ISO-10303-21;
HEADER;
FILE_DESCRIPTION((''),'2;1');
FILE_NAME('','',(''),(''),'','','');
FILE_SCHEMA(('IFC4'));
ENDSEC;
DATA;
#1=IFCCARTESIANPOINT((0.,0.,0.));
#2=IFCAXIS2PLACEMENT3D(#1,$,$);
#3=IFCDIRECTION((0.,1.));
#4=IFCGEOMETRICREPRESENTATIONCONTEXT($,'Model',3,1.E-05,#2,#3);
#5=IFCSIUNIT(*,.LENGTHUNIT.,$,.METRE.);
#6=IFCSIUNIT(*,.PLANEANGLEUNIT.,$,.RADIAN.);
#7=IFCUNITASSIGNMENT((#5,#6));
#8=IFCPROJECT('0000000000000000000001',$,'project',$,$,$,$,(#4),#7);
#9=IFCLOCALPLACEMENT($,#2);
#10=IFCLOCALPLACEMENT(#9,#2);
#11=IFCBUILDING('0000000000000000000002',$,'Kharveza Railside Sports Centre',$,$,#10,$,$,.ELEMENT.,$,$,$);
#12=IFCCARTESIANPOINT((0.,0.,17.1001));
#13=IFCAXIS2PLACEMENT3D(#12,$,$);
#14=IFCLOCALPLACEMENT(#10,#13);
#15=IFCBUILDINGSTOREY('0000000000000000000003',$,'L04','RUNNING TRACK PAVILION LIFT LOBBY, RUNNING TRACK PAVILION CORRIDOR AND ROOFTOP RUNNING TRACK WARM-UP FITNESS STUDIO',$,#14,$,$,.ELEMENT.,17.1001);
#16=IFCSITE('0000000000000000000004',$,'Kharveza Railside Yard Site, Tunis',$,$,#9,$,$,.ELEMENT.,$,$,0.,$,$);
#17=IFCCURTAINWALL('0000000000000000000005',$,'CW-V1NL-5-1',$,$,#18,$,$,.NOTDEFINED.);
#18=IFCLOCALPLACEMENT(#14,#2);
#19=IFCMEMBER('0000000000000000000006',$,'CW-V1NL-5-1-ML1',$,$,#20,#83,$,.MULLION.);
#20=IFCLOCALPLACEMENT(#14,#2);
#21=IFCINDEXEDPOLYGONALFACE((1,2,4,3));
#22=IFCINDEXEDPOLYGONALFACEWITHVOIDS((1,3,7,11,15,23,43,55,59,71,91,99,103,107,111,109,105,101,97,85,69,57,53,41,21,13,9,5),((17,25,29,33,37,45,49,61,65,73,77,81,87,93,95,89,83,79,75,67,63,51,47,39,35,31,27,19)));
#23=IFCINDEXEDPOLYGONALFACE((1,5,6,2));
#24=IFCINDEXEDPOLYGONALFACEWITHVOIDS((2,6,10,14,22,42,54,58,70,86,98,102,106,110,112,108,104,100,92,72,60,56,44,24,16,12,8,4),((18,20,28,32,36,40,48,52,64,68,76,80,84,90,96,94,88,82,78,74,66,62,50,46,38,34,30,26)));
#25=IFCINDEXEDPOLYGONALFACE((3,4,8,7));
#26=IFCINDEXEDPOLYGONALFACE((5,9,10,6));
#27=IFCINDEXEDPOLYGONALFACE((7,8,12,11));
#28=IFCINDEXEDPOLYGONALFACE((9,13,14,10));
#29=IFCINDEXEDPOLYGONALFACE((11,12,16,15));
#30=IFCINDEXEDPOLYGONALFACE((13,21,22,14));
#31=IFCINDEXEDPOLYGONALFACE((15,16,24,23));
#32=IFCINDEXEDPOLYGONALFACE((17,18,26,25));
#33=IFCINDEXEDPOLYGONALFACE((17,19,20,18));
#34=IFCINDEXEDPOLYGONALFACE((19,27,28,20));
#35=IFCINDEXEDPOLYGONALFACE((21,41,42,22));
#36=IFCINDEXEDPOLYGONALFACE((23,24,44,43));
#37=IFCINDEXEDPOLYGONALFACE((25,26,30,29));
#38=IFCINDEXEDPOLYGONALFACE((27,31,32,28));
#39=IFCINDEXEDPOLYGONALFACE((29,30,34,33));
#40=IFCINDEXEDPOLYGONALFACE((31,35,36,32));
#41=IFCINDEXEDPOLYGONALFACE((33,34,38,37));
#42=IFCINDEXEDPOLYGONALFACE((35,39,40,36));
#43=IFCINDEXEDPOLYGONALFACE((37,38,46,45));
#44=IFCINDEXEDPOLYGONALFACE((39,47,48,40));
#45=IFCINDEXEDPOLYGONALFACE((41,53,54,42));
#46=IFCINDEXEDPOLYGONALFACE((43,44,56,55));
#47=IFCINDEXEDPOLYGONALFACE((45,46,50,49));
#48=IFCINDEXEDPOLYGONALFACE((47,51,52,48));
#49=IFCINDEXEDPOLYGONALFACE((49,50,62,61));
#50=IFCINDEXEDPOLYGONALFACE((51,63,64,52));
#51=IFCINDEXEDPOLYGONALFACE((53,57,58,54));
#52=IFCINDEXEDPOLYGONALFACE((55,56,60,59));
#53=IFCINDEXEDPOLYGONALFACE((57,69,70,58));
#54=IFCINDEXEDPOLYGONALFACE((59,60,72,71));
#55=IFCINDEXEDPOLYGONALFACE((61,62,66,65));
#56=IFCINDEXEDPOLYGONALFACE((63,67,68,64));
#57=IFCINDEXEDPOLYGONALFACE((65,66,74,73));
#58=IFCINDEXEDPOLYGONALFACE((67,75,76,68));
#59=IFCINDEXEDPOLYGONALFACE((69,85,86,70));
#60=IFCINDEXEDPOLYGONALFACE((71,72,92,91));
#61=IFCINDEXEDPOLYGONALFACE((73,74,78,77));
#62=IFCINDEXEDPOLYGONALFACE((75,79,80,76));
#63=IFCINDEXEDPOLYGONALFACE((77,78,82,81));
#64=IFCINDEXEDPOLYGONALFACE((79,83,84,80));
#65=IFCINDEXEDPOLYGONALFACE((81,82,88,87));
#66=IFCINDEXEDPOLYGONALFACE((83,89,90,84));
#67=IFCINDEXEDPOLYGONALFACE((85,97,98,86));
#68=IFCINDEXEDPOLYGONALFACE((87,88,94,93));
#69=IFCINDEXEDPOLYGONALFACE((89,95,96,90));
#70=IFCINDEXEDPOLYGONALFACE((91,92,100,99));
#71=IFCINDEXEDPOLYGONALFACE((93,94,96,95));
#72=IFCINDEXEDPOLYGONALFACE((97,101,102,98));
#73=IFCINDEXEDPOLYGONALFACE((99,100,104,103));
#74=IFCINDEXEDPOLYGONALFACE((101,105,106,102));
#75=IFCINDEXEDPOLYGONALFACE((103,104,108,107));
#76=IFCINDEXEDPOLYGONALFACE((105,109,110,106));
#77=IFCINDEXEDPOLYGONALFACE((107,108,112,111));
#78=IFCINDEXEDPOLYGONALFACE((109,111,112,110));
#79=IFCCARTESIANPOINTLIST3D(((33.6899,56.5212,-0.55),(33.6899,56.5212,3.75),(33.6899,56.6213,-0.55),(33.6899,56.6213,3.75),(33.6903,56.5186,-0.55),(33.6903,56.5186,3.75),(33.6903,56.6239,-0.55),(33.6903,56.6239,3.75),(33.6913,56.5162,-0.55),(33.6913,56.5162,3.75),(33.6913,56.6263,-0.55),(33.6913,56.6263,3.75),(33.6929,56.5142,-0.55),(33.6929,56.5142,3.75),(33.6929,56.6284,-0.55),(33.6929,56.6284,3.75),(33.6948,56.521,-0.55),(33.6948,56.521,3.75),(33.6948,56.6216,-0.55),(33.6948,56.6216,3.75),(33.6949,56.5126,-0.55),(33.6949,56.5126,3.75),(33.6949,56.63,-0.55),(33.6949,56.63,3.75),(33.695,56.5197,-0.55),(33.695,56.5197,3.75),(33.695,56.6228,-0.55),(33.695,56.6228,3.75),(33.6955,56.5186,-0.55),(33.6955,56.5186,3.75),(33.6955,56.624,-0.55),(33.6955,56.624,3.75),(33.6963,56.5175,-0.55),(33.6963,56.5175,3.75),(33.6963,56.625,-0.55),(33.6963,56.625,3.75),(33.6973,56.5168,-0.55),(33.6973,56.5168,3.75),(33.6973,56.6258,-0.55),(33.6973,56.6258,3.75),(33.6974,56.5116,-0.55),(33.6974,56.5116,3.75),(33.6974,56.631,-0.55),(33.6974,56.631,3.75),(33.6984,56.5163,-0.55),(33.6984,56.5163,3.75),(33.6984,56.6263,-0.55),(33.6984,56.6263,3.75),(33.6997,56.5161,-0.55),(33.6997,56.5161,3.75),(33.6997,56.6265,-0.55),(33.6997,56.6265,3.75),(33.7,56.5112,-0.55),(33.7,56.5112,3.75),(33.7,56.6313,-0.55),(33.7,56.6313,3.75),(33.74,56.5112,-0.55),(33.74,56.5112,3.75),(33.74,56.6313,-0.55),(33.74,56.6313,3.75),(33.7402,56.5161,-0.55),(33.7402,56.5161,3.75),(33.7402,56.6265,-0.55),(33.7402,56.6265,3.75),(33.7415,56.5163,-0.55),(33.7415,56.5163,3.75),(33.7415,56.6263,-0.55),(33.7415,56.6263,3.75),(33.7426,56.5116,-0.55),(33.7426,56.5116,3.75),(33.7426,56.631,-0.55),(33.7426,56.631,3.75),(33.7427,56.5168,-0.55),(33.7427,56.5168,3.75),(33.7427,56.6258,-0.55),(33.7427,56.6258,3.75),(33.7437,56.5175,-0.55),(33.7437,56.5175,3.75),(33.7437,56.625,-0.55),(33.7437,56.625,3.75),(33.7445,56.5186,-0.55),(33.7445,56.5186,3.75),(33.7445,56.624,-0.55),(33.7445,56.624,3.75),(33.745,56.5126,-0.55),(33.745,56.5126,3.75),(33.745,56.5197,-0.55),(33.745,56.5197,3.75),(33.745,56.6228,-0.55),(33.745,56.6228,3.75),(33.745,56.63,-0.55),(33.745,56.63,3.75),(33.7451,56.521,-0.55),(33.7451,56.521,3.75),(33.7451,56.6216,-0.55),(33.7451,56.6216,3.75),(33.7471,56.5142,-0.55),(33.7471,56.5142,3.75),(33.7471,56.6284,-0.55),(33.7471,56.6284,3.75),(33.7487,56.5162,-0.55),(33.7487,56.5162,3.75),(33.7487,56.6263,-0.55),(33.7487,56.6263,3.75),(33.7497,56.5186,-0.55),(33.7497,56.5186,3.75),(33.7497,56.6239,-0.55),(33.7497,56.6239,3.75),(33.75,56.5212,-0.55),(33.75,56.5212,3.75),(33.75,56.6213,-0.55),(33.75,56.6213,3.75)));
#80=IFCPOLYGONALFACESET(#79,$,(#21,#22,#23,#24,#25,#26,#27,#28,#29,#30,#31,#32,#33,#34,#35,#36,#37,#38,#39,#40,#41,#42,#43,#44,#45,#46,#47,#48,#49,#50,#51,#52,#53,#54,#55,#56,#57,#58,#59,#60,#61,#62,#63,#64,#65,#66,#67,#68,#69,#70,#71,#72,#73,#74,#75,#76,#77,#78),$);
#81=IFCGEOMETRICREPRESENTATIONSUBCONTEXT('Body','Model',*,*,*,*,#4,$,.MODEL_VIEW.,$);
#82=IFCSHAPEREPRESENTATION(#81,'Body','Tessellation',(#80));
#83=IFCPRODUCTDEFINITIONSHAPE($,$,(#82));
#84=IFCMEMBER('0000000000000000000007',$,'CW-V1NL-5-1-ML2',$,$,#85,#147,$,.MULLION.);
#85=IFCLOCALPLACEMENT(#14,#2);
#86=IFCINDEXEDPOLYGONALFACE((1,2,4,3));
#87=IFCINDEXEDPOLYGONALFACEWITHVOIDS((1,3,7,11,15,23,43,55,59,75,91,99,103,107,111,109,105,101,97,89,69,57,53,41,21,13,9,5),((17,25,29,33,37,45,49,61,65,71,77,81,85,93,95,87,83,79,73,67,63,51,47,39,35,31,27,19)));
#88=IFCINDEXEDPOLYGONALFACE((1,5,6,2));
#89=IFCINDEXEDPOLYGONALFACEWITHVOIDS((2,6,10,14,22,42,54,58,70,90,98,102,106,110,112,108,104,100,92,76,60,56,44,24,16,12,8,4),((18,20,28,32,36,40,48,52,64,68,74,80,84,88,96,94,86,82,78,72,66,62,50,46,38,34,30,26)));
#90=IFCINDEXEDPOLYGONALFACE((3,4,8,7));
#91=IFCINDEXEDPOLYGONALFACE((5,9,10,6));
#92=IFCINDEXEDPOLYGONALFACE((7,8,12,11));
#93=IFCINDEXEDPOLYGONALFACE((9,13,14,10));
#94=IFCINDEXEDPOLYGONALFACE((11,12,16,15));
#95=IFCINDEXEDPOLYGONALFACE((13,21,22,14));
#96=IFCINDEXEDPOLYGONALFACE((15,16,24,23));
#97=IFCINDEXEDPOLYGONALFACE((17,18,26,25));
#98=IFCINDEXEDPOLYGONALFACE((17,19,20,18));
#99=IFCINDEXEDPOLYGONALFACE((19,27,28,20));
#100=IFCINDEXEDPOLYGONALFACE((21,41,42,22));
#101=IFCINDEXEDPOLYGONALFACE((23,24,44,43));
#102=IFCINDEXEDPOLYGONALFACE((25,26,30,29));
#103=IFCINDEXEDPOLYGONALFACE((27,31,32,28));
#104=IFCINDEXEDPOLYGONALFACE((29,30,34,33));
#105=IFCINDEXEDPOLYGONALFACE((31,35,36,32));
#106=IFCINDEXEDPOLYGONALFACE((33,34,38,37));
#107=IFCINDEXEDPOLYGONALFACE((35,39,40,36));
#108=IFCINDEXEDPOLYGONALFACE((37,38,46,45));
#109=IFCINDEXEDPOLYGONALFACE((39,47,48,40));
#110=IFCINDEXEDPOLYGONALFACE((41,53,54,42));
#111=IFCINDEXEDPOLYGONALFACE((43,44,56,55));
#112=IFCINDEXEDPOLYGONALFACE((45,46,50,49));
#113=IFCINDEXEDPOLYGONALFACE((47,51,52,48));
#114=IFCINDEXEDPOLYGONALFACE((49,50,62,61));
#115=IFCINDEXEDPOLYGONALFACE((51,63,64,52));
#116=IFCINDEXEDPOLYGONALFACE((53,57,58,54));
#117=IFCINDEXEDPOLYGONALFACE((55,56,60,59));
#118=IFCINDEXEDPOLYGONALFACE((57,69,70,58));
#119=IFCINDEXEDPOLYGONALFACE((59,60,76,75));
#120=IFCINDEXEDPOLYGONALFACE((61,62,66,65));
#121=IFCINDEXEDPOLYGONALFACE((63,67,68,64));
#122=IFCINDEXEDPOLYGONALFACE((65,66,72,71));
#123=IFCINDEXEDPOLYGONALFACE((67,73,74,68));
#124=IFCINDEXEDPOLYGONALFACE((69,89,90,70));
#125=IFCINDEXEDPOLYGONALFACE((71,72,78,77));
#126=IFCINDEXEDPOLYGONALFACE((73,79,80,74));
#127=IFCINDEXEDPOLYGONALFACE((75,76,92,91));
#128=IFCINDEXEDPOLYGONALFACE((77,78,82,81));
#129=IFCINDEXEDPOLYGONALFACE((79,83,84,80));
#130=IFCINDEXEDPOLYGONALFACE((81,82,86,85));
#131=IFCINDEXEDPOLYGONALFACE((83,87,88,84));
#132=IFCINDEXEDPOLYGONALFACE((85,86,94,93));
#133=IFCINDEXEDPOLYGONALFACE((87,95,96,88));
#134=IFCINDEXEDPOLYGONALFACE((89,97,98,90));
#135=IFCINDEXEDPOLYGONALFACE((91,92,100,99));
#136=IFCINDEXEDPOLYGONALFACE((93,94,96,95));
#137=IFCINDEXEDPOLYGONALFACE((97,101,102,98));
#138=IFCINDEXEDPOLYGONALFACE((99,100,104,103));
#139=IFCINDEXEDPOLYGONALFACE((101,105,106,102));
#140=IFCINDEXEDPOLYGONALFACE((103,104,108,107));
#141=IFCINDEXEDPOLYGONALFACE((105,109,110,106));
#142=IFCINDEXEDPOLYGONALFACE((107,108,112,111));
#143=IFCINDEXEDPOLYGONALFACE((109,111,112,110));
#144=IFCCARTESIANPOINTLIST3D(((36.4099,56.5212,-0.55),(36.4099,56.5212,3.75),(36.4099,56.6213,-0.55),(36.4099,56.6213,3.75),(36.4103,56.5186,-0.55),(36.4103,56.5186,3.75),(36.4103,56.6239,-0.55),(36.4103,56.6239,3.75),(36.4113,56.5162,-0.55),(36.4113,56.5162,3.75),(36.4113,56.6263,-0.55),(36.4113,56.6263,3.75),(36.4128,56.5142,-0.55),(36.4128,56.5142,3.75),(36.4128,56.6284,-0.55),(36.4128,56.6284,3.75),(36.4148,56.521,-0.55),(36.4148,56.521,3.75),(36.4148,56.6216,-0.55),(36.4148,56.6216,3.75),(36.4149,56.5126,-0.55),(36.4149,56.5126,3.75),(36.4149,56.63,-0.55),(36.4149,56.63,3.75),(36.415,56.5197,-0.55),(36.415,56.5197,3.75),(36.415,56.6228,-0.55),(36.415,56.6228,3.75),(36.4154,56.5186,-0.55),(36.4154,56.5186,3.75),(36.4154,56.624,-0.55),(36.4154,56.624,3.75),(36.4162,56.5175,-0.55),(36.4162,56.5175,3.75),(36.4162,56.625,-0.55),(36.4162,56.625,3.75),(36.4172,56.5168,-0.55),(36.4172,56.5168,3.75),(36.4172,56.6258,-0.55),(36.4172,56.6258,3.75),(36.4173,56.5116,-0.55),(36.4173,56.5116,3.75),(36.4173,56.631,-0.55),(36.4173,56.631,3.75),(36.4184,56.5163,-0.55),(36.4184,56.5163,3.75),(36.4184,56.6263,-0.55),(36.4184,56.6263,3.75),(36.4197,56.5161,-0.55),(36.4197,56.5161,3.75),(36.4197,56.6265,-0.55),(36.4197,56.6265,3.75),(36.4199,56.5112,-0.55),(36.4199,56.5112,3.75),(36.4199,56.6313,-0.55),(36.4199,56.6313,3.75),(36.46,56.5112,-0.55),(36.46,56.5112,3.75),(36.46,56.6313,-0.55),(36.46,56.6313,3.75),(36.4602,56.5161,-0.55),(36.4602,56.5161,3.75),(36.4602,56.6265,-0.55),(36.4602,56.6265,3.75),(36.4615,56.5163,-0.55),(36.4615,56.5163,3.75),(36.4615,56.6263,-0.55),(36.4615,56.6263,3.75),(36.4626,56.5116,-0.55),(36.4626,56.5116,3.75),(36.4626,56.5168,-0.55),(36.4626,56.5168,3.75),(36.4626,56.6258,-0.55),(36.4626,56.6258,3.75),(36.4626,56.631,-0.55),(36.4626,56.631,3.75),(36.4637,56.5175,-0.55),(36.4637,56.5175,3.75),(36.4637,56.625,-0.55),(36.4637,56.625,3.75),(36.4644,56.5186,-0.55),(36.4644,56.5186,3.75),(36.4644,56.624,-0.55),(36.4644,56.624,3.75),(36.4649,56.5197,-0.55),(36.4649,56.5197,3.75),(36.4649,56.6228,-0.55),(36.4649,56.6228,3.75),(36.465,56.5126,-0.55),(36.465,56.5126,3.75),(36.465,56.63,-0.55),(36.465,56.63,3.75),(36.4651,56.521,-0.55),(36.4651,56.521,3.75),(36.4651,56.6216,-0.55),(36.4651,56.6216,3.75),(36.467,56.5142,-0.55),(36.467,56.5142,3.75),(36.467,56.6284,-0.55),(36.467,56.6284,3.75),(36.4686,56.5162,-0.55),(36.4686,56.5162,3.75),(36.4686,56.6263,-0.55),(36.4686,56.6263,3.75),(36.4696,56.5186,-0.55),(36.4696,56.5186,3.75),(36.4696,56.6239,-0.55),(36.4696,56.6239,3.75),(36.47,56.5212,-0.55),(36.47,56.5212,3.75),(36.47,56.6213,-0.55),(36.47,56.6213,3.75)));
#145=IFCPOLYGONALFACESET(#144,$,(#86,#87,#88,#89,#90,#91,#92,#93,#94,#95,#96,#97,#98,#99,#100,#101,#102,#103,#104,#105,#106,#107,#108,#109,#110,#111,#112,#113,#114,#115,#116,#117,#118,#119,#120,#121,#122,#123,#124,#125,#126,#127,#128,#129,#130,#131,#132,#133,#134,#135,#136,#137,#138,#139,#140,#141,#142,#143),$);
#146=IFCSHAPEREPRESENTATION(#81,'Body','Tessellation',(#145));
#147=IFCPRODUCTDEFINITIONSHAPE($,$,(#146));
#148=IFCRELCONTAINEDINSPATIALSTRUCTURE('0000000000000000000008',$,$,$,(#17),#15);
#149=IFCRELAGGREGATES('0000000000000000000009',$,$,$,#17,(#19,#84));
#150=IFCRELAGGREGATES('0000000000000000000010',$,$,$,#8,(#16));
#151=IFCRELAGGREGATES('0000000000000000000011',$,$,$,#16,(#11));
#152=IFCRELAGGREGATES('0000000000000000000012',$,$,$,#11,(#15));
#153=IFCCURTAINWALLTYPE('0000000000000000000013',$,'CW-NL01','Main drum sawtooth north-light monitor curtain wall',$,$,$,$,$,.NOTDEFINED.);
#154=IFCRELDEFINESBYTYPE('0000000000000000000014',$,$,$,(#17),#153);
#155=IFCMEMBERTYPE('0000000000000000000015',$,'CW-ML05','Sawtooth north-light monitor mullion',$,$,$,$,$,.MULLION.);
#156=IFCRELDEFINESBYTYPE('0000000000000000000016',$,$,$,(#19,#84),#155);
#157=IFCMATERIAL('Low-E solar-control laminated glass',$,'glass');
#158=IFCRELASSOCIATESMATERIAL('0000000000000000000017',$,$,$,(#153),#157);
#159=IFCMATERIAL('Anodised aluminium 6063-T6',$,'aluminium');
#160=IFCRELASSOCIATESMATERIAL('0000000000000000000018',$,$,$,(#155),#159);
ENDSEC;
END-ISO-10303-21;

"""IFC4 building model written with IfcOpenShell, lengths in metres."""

from ifc_helpers import new_model, si_unit, direction, frame, origin, origin_2d, place, context, subcontext, project, spatial, hollow_rectangle, extrude, material, material_profile, profile_set, type_object, element, aggregate, save


model = new_model("IFC4")

# Units and contexts
model_context = context("Model", 3, precision=1e-05, world=origin(), true_north=direction((0.0, 1.0)))
body_context = subcontext(model_context, "Body", "Model", "MODEL_VIEW")
ifc_project = project(units=[si_unit("LENGTHUNIT", "METRE"), si_unit("PLANEANGLEUNIT", "RADIAN")], contexts=[model_context])

# Site, building, storey
site_placement = place(None, origin())
site = spatial("IfcSite", under=ifc_project, at=site_placement, Name="Kharveza Railside Yard Site, Tunis", CompositionType="ELEMENT", RefElevation=0.0)
building_placement = place(site_placement, origin())
building = spatial("IfcBuilding", under=site, at=building_placement, Name="Kharveza Railside Sports Centre", CompositionType="ELEMENT")
storey_placement = place(building_placement, frame((0.0, 0.0, 17.1001)))
storey = spatial("IfcBuildingStorey", under=building, at=storey_placement, Name="L04", Description="RUNNING TRACK PAVILION LIFT LOBBY, RUNNING TRACK PAVILION CORRIDOR AND ROOFTOP RUNNING TRACK WARM-UP FITNESS STUDIO", CompositionType="ELEMENT", Elevation=17.1001)

# Curtain wall, members
ifc_material_1 = material(Name="Low-E solar-control laminated glass", Category="glass")
curtain_wall_type = type_object("IfcCurtainWallType", Name="CW-NL01", Description="Main drum sawtooth north-light monitor curtain wall", PredefinedType="NOTDEFINED", material=ifc_material_1)
ifc_material_2 = material(Name="Anodised aluminium 6063-T6", Category="aluminium")
ifc_material_profile_1 = material_profile(ifc_material_2, hollow_rectangle(XDim=0.0601, YDim=0.1201, WallThickness=0.0049, InnerFilletRadius=0.0049, OuterFilletRadius=0.01, at=origin_2d()), Name="RHS 60x120x5.0")
ifc_profile_set_1 = profile_set([ifc_material_profile_1], Name="Anodised aluminium 6063-T6")
member_type_1 = type_object("IfcMemberType", Name="CW-ML05", Description="Sawtooth north-light monitor mullion", PredefinedType="MULLION", material=ifc_profile_set_1)
curtain_wall_1_placement = place(storey_placement, origin())
curtain_wall_1 = element("IfcCurtainWall", 1, at=curtain_wall_1_placement, inside=storey, type_object=curtain_wall_type, Name="CW-V1NL-5-1", PredefinedType="NOTDEFINED")
member_1_placement = place(storey_placement, frame((33.72, 56.5713, -0.55), z_axis=(0.0, 0.0, 1.0), x_axis=(1.0, 0.0, 0.0)))
member_1 = element("IfcMember", 2, at=member_1_placement, type_object=member_type_1, Name="CW-V1NL-5-1-ML1", PredefinedType="MULLION", context=body_context, shape_type="SweptSolid", body=[
    extrude(hollow_rectangle(XDim=0.0601, YDim=0.1201, WallThickness=0.0049, InnerFilletRadius=0.0049, OuterFilletRadius=0.01, at=origin_2d()), origin(), (0.0, 0.0, 1.0), 4.3),
])
member_2_placement = place(storey_placement, frame((36.4399, 56.5713, -0.55), z_axis=(0.0, 0.0, 1.0), x_axis=(1.0, 0.0, 0.0)))
member_2 = element("IfcMember", 3, at=member_2_placement, type_object=member_type_1, Name="CW-V1NL-5-1-ML2", PredefinedType="MULLION", context=body_context, shape_type="SweptSolid", body=[
    extrude(hollow_rectangle(XDim=0.0601, YDim=0.1201, WallThickness=0.0049, InnerFilletRadius=0.0049, OuterFilletRadius=0.01, at=origin_2d()), origin(), (0.0, 0.0, 1.0), 4.3),
])

aggregate(curtain_wall_1, [member_1, member_2])

save(model, "model.ifc")
